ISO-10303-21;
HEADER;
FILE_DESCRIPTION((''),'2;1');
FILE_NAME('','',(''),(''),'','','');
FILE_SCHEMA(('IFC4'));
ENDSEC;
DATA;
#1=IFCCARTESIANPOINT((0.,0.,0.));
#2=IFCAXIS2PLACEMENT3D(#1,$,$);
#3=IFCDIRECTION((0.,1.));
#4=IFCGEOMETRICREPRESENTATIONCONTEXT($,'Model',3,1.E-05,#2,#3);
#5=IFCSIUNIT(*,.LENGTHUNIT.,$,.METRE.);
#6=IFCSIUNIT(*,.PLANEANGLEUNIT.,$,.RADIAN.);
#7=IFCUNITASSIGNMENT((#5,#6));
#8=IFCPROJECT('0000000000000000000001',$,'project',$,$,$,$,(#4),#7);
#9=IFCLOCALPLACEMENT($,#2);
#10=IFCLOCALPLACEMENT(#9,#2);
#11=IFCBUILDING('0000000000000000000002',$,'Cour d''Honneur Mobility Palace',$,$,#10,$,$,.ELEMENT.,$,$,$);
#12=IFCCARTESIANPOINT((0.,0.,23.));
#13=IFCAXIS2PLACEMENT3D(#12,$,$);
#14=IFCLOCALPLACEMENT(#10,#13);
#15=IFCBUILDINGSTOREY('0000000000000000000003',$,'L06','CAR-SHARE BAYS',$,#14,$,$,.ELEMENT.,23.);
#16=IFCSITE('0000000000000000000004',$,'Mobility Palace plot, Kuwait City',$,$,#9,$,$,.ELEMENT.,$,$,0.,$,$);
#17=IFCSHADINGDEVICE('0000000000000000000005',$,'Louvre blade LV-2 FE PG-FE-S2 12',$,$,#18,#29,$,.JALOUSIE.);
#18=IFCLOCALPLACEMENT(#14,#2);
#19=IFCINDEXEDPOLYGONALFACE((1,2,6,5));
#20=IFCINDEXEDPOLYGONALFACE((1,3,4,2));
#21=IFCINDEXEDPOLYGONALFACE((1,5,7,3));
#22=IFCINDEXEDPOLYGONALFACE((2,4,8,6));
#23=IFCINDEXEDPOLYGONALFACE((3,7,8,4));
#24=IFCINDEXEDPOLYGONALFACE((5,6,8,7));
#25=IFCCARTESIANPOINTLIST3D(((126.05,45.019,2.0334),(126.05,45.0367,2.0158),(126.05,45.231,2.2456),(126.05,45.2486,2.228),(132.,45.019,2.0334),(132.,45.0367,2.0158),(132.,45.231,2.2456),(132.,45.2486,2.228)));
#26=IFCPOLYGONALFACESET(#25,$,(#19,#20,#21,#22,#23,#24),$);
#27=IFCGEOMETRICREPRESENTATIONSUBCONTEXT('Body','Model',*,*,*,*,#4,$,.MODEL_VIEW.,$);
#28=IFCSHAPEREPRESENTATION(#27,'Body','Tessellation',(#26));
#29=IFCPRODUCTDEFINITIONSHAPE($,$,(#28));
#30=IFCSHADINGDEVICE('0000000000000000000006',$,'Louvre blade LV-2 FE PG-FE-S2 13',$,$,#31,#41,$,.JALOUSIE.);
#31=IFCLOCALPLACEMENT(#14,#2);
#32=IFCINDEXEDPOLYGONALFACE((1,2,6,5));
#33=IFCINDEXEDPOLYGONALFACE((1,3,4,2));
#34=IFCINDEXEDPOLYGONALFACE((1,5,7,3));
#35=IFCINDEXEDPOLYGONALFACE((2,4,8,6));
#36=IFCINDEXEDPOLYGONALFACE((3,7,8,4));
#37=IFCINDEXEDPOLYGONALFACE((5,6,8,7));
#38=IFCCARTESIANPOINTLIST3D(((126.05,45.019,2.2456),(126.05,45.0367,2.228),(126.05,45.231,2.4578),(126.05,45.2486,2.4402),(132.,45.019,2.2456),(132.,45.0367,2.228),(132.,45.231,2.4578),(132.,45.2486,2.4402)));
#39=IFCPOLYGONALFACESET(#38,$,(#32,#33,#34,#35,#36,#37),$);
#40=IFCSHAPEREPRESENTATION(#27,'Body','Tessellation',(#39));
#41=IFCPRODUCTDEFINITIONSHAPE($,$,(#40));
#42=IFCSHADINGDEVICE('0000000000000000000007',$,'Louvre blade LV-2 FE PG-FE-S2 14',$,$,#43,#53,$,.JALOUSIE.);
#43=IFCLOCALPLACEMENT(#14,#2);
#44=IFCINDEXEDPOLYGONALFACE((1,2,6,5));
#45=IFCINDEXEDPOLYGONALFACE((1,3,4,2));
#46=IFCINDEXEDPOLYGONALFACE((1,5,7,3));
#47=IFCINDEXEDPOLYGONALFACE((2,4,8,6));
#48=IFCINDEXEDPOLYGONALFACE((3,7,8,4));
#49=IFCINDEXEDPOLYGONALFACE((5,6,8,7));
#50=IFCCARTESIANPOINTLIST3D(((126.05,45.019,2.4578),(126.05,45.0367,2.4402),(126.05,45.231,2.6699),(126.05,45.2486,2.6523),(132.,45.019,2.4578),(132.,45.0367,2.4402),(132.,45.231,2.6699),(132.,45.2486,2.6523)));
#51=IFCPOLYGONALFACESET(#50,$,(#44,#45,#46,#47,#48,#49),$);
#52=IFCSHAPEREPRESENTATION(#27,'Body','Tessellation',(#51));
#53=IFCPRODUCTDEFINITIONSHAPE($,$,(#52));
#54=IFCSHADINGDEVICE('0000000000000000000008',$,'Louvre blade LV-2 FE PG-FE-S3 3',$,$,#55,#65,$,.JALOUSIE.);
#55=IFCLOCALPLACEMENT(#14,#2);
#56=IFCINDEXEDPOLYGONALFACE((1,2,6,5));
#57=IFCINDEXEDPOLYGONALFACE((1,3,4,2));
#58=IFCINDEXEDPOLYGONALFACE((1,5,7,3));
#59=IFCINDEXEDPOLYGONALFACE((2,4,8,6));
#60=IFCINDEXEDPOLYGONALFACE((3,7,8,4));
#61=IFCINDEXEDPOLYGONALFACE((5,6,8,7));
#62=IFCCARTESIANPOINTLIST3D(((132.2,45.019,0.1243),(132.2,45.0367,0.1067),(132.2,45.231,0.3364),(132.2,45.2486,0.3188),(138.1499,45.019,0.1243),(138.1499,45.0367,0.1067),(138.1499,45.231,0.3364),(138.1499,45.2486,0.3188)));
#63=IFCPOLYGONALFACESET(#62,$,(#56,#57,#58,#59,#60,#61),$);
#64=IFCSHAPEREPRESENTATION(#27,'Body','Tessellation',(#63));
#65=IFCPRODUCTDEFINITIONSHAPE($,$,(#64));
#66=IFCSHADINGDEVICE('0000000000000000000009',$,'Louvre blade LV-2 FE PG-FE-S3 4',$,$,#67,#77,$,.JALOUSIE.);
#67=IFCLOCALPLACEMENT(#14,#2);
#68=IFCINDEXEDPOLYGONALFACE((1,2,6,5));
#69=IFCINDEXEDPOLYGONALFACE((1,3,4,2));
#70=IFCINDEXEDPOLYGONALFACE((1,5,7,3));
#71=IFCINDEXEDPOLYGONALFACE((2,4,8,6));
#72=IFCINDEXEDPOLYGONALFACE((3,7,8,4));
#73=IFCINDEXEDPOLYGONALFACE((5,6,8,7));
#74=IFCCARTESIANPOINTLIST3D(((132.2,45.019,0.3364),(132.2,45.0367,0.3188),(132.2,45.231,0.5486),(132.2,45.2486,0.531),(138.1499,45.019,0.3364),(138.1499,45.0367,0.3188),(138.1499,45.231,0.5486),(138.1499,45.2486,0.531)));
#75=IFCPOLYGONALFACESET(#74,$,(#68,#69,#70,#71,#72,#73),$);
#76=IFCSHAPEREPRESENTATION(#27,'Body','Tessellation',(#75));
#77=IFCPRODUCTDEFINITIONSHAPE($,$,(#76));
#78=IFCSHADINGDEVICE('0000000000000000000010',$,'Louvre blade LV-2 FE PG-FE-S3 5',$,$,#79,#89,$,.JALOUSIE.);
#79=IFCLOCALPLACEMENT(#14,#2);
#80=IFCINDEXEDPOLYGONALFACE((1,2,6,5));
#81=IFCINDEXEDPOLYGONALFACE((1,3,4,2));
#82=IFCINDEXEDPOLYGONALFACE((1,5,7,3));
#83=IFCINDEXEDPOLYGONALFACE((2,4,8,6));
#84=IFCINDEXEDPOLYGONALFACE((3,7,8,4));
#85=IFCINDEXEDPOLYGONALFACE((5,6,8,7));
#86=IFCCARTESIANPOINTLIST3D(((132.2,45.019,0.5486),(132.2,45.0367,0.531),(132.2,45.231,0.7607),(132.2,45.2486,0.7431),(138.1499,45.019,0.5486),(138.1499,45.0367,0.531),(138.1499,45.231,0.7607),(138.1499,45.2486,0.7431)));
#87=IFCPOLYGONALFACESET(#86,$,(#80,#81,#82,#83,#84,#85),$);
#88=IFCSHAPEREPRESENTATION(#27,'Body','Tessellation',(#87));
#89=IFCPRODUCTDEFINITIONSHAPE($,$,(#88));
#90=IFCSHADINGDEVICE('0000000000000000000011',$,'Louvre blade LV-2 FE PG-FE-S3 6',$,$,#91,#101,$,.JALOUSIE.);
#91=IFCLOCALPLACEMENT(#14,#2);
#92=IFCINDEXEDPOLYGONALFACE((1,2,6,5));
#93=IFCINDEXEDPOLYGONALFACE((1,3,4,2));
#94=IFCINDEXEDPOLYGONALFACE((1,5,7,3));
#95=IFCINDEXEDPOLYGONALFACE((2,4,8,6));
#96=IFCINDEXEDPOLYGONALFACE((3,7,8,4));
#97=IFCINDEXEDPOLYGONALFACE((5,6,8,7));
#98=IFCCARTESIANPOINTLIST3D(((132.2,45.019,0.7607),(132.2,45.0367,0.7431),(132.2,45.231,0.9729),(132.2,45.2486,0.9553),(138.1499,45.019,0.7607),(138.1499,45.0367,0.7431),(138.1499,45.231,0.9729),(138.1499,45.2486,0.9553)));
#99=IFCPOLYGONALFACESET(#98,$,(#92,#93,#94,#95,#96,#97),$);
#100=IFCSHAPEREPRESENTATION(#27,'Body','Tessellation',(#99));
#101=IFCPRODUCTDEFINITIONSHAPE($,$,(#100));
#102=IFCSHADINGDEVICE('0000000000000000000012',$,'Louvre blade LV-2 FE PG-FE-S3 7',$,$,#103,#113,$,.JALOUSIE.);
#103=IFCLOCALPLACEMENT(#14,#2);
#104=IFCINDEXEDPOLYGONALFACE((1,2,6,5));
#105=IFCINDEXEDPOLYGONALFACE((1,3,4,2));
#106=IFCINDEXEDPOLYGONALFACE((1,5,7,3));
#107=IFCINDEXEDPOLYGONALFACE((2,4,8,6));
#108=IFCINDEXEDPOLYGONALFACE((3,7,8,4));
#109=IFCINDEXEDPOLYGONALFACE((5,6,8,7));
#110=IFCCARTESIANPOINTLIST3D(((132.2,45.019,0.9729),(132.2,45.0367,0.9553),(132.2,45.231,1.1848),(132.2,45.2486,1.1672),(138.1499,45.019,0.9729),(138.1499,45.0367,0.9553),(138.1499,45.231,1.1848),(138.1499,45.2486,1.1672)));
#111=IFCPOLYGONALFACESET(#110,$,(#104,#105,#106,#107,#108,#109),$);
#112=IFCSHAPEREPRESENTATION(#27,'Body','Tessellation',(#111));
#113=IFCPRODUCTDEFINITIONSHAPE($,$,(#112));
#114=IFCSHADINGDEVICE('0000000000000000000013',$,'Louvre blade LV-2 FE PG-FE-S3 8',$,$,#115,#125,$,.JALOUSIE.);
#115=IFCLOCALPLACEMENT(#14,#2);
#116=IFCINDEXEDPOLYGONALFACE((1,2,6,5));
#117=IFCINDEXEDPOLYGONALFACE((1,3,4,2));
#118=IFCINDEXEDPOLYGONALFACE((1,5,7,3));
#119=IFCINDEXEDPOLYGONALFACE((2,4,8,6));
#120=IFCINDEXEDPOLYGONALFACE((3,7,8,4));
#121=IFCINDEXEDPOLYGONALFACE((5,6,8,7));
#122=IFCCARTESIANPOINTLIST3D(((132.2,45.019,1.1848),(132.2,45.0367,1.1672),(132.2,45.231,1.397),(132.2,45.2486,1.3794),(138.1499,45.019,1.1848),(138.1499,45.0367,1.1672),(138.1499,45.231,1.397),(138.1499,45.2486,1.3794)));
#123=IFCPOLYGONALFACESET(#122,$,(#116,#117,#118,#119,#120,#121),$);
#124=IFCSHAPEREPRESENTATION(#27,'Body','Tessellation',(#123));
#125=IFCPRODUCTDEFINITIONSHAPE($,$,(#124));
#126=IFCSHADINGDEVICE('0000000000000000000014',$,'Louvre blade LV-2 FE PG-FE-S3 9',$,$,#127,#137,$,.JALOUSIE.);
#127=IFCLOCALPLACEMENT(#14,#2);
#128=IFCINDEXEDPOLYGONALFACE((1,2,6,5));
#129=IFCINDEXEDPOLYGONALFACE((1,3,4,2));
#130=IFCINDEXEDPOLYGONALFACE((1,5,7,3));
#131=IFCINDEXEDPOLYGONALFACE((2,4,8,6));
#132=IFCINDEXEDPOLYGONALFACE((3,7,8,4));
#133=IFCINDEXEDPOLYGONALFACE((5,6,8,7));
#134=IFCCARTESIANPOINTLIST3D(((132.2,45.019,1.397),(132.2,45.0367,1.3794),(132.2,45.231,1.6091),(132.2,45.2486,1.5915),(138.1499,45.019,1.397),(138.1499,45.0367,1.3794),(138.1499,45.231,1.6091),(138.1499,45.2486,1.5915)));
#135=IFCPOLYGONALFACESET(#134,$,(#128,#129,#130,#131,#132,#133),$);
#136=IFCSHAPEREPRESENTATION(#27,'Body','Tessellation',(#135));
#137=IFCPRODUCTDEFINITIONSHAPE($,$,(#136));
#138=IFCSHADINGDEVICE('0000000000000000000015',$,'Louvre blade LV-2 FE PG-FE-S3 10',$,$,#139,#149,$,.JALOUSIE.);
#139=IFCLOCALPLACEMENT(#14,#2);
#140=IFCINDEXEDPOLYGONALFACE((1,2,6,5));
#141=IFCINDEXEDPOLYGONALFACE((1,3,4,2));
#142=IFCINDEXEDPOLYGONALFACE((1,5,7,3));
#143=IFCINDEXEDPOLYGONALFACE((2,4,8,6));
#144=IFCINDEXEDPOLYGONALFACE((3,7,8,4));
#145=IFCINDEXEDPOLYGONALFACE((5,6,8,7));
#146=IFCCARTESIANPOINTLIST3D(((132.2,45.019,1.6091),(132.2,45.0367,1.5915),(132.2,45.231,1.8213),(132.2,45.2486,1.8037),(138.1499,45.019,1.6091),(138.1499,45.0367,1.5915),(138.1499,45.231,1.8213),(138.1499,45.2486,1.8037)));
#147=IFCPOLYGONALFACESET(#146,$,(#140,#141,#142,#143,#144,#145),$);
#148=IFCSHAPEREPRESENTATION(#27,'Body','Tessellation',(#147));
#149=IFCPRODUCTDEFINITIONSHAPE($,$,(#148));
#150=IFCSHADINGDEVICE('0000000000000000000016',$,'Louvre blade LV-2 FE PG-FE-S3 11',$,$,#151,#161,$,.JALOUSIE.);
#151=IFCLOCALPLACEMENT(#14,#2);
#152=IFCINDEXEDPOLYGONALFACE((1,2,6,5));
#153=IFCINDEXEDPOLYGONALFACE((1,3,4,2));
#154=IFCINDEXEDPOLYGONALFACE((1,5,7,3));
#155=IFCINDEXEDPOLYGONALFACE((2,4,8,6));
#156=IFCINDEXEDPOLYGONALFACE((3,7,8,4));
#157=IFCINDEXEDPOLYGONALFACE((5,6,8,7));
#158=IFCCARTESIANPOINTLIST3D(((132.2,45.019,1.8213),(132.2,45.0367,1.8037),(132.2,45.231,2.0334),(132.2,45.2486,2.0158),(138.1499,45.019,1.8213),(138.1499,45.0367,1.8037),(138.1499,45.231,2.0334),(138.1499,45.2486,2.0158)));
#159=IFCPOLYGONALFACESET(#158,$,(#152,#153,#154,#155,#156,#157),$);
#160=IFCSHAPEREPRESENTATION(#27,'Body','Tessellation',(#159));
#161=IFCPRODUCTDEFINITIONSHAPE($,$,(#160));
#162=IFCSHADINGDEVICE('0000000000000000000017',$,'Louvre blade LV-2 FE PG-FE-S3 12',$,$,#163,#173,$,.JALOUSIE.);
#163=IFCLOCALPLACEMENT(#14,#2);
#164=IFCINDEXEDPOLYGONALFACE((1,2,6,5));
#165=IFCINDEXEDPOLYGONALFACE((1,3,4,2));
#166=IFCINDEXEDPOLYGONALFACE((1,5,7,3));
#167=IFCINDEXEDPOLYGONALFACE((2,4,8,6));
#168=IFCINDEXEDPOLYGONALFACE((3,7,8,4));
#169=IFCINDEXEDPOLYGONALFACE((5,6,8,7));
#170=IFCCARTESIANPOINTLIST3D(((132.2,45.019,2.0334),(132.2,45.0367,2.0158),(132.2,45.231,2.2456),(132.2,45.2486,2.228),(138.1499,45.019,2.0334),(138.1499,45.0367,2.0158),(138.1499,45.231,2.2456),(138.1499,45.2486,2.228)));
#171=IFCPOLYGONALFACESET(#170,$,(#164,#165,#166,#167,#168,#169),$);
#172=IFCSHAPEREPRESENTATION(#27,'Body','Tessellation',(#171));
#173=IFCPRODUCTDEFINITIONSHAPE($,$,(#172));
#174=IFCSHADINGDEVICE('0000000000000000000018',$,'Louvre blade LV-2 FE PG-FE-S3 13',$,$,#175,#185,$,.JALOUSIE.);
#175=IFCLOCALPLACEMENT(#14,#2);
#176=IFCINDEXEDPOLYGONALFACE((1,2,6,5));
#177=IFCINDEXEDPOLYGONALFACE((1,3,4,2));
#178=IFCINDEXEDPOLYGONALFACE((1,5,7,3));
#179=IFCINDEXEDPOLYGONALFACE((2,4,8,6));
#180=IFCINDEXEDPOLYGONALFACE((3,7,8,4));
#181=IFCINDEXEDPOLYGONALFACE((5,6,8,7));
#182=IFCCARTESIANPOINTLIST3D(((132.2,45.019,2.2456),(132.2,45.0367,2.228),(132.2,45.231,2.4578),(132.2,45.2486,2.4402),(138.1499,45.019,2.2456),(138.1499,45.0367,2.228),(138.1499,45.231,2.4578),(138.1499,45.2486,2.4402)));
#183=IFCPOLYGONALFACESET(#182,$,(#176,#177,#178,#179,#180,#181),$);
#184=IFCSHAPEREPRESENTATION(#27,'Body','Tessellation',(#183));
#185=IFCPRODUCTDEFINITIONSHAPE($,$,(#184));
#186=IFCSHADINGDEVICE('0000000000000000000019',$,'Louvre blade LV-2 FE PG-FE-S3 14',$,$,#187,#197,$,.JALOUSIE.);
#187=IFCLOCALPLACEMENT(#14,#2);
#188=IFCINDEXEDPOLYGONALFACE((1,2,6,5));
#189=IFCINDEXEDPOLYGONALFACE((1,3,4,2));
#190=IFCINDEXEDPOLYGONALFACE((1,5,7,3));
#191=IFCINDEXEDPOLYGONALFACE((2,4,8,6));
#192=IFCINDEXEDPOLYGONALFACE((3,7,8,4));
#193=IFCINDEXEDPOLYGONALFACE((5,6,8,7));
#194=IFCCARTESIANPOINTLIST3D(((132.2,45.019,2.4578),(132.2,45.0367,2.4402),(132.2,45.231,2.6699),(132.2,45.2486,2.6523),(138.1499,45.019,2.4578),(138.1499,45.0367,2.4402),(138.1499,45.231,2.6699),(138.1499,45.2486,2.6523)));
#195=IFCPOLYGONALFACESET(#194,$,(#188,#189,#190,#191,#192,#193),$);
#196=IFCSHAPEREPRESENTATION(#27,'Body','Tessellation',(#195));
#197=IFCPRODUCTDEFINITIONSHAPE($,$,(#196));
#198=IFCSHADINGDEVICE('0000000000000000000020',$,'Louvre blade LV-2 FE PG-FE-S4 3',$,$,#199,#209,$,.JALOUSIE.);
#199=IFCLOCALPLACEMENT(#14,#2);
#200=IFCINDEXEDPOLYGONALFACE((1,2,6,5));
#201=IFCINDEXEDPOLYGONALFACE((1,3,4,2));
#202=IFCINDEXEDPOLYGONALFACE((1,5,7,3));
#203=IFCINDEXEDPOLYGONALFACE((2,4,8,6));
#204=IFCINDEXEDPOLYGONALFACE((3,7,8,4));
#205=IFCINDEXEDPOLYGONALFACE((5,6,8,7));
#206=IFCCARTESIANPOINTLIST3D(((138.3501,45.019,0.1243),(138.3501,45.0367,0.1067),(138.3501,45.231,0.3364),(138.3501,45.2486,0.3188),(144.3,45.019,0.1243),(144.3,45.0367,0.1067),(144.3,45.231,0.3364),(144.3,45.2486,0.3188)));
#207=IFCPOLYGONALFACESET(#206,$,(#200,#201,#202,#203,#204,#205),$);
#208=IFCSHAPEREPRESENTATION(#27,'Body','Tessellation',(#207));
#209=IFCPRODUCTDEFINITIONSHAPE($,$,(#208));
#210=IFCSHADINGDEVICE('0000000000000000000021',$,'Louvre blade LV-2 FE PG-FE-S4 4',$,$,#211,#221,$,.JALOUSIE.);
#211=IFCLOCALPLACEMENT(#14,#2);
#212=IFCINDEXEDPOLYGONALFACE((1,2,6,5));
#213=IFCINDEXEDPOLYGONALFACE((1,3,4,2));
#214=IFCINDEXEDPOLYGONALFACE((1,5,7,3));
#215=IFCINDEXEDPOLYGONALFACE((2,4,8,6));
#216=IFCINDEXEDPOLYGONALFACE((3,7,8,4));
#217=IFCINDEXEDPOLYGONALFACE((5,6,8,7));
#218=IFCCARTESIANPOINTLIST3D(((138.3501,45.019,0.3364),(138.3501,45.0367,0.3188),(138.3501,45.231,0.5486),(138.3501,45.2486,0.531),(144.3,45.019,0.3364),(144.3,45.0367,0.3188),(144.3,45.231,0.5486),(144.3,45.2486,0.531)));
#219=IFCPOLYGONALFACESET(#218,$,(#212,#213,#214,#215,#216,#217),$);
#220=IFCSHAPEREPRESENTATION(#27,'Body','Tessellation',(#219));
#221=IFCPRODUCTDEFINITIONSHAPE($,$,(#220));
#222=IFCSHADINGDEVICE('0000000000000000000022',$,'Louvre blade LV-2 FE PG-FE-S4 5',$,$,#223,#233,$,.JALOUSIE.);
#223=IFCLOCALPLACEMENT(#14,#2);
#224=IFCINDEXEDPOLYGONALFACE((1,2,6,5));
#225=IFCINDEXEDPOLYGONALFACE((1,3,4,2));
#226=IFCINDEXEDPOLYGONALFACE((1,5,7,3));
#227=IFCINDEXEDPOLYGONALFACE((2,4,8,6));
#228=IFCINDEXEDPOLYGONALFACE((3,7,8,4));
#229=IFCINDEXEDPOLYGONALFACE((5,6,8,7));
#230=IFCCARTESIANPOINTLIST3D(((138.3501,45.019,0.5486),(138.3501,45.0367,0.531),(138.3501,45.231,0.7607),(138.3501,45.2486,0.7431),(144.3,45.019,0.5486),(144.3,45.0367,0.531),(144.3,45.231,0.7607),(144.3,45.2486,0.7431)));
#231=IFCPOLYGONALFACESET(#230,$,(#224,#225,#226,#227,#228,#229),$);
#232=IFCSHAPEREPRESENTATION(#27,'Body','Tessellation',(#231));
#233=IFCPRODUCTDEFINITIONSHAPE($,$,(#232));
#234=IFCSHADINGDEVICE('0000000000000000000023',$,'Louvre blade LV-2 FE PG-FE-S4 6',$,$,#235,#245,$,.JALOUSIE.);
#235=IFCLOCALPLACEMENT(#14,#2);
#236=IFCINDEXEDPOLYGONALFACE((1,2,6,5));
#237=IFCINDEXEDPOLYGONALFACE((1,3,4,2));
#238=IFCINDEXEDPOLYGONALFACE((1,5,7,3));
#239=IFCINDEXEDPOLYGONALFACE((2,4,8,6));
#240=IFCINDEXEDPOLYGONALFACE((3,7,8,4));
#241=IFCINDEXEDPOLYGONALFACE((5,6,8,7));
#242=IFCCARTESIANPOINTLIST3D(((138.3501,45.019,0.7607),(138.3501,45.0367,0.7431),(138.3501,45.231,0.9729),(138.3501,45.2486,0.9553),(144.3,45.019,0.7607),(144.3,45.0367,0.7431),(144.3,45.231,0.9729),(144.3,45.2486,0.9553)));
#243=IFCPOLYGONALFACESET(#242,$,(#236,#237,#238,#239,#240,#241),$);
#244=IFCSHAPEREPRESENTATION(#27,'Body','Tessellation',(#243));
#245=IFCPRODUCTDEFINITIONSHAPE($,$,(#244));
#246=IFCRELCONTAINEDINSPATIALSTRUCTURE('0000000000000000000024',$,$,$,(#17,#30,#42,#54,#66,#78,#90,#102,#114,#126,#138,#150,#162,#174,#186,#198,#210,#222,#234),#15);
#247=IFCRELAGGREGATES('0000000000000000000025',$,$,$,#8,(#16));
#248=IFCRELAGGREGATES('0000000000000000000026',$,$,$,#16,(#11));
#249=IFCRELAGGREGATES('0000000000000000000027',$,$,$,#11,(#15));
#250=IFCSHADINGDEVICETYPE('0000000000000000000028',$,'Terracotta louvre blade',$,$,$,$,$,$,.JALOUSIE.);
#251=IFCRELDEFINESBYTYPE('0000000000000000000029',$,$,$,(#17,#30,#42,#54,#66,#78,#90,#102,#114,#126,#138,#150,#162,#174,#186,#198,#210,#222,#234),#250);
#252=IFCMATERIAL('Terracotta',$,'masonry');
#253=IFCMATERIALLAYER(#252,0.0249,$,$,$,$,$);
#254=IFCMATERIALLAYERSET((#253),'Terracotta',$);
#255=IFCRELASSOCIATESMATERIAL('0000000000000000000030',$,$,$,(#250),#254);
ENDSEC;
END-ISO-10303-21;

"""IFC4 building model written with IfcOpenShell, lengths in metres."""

from ifc_helpers import new_model, si_unit, direction, frame, origin, place, context, subcontext, project, spatial, polyline, outline, extrude, material, layer, layer_set, type_object, element, save


model = new_model("IFC4")

# Units and contexts
model_context = context("Model", 3, precision=1e-05, world=origin(), true_north=direction((0.0, 1.0)))
body_context = subcontext(model_context, "Body", "Model", "MODEL_VIEW")
ifc_project = project(units=[si_unit("LENGTHUNIT", "METRE"), si_unit("PLANEANGLEUNIT", "RADIAN")], contexts=[model_context])

# Site, building, storey
site_placement = place(None, origin())
site = spatial("IfcSite", under=ifc_project, at=site_placement, Name="Mobility Palace plot, Kuwait City", CompositionType="ELEMENT", RefElevation=0.0)
building_placement = place(site_placement, origin())
building = spatial("IfcBuilding", under=site, at=building_placement, Name="Cour d'Honneur Mobility Palace", CompositionType="ELEMENT")
storey_placement = place(building_placement, frame((0.0, 0.0, 23.0)))
storey = spatial("IfcBuildingStorey", under=building, at=storey_placement, Name="L06", Description="CAR-SHARE BAYS", CompositionType="ELEMENT", Elevation=23.0)

# Shading devices
ifc_material_1 = material(Name="Terracotta", Category="masonry")
ifc_layer = layer(ifc_material_1, 0.0249)
ifc_layer_set = layer_set([ifc_layer], Name="Terracotta")
shading_device_type = type_object("IfcShadingDeviceType", Name="Terracotta louvre blade", PredefinedType="JALOUSIE", material=ifc_layer_set)
for number, where, z_axis, x_axis, name in (
    (1, (126.05, 45.019, 2.0334), (0.0, -0.707514, 0.7067), (1.0, 0.0, 0.0), "Louvre blade LV-2 FE PG-FE-S2 12"),
    (2, (126.05, 45.019, 2.2456), (0.0, -0.707514, 0.7067), (1.0, 0.0, 0.0), "Louvre blade LV-2 FE PG-FE-S2 13"),
    (3, (126.05, 45.019, 2.4578), (0.0, -0.707514, 0.7067), (1.0, 0.0, 0.0), "Louvre blade LV-2 FE PG-FE-S2 14"),
    (4, (132.2, 45.019, 0.1243), (0.0, -0.707514, 0.7067), (1.0, 0.0, 0.0), "Louvre blade LV-2 FE PG-FE-S3 3"),
    (5, (132.2, 45.019, 0.3364), (0.0, -0.707514, 0.7067), (1.0, 0.0, 0.0), "Louvre blade LV-2 FE PG-FE-S3 4"),
    (6, (132.2, 45.019, 0.5486), (0.0, -0.707514, 0.7067), (1.0, 0.0, 0.0), "Louvre blade LV-2 FE PG-FE-S3 5"),
    (7, (132.2, 45.019, 0.7607), (0.0, -0.707514, 0.7067), (1.0, 0.0, 0.0), "Louvre blade LV-2 FE PG-FE-S3 6"),
):
    element("IfcShadingDevice", number, at=place(storey_placement, frame(where, z_axis=z_axis, x_axis=x_axis)), inside=storey, type_object=shading_device_type, Name=name, PredefinedType="JALOUSIE", context=body_context, shape_type="SweptSolid", body=[
        extrude(outline(polyline([(0.0, 0.0), (5.95, 0.0), (5.95, 0.2999), (0.0, 0.2999), (0.0, 0.0)])), origin(), (0.0, 0.0, -1.0), 0.0249),
    ])
shading_device_1_placement = place(storey_placement, frame((132.2, 45.019, 0.9729), z_axis=(0.0, -0.707107, 0.707107), x_axis=(1.0, 0.0, 0.0)))
element("IfcShadingDevice", 8, at=shading_device_1_placement, inside=storey, type_object=shading_device_type, Name="Louvre blade LV-2 FE PG-FE-S3 7", PredefinedType="JALOUSIE", context=body_context, shape_type="SweptSolid", body=[
    extrude(outline(polyline([(0.0, 0.0), (5.95, 0.0), (5.95, 0.2997), (0.0, 0.2997), (0.0, 0.0)])), origin(), (0.0, 0.0, -1.0), 0.0249),
])
for number, where, z_axis, x_axis, name in (
    (9, (132.2, 45.019, 1.1848), (0.0, -0.707514, 0.7067), (1.0, 0.0, 0.0), "Louvre blade LV-2 FE PG-FE-S3 8"),
    (10, (132.2, 45.019, 1.397), (0.0, -0.707514, 0.7067), (1.0, 0.0, 0.0), "Louvre blade LV-2 FE PG-FE-S3 9"),
    (11, (132.2, 45.019, 1.6091), (0.0, -0.707514, 0.7067), (1.0, 0.0, 0.0), "Louvre blade LV-2 FE PG-FE-S3 10"),
    (12, (132.2, 45.019, 1.8213), (0.0, -0.707514, 0.7067), (1.0, 0.0, 0.0), "Louvre blade LV-2 FE PG-FE-S3 11"),
    (13, (132.2, 45.019, 2.0334), (0.0, -0.707514, 0.7067), (1.0, 0.0, 0.0), "Louvre blade LV-2 FE PG-FE-S3 12"),
    (14, (132.2, 45.019, 2.2456), (0.0, -0.707514, 0.7067), (1.0, 0.0, 0.0), "Louvre blade LV-2 FE PG-FE-S3 13"),
    (15, (132.2, 45.019, 2.4578), (0.0, -0.707514, 0.7067), (1.0, 0.0, 0.0), "Louvre blade LV-2 FE PG-FE-S3 14"),
    (16, (138.3501, 45.019, 0.1243), (0.0, -0.707514, 0.7067), (1.0, 0.0, 0.0), "Louvre blade LV-2 FE PG-FE-S4 3"),
    (17, (138.3501, 45.019, 0.3364), (0.0, -0.707514, 0.7067), (1.0, 0.0, 0.0), "Louvre blade LV-2 FE PG-FE-S4 4"),
    (18, (138.3501, 45.019, 0.5486), (0.0, -0.707514, 0.7067), (1.0, 0.0, 0.0), "Louvre blade LV-2 FE PG-FE-S4 5"),
    (19, (138.3501, 45.019, 0.7607), (0.0, -0.707514, 0.7067), (1.0, 0.0, 0.0), "Louvre blade LV-2 FE PG-FE-S4 6"),
):
    element("IfcShadingDevice", number, at=place(storey_placement, frame(where, z_axis=z_axis, x_axis=x_axis)), inside=storey, type_object=shading_device_type, Name=name, PredefinedType="JALOUSIE", context=body_context, shape_type="SweptSolid", body=[
        extrude(outline(polyline([(0.0, 0.0), (5.95, 0.0), (5.95, 0.2999), (0.0, 0.2999), (0.0, 0.0)])), origin(), (0.0, 0.0, -1.0), 0.0249),
    ])

save(model, "model.ifc")
